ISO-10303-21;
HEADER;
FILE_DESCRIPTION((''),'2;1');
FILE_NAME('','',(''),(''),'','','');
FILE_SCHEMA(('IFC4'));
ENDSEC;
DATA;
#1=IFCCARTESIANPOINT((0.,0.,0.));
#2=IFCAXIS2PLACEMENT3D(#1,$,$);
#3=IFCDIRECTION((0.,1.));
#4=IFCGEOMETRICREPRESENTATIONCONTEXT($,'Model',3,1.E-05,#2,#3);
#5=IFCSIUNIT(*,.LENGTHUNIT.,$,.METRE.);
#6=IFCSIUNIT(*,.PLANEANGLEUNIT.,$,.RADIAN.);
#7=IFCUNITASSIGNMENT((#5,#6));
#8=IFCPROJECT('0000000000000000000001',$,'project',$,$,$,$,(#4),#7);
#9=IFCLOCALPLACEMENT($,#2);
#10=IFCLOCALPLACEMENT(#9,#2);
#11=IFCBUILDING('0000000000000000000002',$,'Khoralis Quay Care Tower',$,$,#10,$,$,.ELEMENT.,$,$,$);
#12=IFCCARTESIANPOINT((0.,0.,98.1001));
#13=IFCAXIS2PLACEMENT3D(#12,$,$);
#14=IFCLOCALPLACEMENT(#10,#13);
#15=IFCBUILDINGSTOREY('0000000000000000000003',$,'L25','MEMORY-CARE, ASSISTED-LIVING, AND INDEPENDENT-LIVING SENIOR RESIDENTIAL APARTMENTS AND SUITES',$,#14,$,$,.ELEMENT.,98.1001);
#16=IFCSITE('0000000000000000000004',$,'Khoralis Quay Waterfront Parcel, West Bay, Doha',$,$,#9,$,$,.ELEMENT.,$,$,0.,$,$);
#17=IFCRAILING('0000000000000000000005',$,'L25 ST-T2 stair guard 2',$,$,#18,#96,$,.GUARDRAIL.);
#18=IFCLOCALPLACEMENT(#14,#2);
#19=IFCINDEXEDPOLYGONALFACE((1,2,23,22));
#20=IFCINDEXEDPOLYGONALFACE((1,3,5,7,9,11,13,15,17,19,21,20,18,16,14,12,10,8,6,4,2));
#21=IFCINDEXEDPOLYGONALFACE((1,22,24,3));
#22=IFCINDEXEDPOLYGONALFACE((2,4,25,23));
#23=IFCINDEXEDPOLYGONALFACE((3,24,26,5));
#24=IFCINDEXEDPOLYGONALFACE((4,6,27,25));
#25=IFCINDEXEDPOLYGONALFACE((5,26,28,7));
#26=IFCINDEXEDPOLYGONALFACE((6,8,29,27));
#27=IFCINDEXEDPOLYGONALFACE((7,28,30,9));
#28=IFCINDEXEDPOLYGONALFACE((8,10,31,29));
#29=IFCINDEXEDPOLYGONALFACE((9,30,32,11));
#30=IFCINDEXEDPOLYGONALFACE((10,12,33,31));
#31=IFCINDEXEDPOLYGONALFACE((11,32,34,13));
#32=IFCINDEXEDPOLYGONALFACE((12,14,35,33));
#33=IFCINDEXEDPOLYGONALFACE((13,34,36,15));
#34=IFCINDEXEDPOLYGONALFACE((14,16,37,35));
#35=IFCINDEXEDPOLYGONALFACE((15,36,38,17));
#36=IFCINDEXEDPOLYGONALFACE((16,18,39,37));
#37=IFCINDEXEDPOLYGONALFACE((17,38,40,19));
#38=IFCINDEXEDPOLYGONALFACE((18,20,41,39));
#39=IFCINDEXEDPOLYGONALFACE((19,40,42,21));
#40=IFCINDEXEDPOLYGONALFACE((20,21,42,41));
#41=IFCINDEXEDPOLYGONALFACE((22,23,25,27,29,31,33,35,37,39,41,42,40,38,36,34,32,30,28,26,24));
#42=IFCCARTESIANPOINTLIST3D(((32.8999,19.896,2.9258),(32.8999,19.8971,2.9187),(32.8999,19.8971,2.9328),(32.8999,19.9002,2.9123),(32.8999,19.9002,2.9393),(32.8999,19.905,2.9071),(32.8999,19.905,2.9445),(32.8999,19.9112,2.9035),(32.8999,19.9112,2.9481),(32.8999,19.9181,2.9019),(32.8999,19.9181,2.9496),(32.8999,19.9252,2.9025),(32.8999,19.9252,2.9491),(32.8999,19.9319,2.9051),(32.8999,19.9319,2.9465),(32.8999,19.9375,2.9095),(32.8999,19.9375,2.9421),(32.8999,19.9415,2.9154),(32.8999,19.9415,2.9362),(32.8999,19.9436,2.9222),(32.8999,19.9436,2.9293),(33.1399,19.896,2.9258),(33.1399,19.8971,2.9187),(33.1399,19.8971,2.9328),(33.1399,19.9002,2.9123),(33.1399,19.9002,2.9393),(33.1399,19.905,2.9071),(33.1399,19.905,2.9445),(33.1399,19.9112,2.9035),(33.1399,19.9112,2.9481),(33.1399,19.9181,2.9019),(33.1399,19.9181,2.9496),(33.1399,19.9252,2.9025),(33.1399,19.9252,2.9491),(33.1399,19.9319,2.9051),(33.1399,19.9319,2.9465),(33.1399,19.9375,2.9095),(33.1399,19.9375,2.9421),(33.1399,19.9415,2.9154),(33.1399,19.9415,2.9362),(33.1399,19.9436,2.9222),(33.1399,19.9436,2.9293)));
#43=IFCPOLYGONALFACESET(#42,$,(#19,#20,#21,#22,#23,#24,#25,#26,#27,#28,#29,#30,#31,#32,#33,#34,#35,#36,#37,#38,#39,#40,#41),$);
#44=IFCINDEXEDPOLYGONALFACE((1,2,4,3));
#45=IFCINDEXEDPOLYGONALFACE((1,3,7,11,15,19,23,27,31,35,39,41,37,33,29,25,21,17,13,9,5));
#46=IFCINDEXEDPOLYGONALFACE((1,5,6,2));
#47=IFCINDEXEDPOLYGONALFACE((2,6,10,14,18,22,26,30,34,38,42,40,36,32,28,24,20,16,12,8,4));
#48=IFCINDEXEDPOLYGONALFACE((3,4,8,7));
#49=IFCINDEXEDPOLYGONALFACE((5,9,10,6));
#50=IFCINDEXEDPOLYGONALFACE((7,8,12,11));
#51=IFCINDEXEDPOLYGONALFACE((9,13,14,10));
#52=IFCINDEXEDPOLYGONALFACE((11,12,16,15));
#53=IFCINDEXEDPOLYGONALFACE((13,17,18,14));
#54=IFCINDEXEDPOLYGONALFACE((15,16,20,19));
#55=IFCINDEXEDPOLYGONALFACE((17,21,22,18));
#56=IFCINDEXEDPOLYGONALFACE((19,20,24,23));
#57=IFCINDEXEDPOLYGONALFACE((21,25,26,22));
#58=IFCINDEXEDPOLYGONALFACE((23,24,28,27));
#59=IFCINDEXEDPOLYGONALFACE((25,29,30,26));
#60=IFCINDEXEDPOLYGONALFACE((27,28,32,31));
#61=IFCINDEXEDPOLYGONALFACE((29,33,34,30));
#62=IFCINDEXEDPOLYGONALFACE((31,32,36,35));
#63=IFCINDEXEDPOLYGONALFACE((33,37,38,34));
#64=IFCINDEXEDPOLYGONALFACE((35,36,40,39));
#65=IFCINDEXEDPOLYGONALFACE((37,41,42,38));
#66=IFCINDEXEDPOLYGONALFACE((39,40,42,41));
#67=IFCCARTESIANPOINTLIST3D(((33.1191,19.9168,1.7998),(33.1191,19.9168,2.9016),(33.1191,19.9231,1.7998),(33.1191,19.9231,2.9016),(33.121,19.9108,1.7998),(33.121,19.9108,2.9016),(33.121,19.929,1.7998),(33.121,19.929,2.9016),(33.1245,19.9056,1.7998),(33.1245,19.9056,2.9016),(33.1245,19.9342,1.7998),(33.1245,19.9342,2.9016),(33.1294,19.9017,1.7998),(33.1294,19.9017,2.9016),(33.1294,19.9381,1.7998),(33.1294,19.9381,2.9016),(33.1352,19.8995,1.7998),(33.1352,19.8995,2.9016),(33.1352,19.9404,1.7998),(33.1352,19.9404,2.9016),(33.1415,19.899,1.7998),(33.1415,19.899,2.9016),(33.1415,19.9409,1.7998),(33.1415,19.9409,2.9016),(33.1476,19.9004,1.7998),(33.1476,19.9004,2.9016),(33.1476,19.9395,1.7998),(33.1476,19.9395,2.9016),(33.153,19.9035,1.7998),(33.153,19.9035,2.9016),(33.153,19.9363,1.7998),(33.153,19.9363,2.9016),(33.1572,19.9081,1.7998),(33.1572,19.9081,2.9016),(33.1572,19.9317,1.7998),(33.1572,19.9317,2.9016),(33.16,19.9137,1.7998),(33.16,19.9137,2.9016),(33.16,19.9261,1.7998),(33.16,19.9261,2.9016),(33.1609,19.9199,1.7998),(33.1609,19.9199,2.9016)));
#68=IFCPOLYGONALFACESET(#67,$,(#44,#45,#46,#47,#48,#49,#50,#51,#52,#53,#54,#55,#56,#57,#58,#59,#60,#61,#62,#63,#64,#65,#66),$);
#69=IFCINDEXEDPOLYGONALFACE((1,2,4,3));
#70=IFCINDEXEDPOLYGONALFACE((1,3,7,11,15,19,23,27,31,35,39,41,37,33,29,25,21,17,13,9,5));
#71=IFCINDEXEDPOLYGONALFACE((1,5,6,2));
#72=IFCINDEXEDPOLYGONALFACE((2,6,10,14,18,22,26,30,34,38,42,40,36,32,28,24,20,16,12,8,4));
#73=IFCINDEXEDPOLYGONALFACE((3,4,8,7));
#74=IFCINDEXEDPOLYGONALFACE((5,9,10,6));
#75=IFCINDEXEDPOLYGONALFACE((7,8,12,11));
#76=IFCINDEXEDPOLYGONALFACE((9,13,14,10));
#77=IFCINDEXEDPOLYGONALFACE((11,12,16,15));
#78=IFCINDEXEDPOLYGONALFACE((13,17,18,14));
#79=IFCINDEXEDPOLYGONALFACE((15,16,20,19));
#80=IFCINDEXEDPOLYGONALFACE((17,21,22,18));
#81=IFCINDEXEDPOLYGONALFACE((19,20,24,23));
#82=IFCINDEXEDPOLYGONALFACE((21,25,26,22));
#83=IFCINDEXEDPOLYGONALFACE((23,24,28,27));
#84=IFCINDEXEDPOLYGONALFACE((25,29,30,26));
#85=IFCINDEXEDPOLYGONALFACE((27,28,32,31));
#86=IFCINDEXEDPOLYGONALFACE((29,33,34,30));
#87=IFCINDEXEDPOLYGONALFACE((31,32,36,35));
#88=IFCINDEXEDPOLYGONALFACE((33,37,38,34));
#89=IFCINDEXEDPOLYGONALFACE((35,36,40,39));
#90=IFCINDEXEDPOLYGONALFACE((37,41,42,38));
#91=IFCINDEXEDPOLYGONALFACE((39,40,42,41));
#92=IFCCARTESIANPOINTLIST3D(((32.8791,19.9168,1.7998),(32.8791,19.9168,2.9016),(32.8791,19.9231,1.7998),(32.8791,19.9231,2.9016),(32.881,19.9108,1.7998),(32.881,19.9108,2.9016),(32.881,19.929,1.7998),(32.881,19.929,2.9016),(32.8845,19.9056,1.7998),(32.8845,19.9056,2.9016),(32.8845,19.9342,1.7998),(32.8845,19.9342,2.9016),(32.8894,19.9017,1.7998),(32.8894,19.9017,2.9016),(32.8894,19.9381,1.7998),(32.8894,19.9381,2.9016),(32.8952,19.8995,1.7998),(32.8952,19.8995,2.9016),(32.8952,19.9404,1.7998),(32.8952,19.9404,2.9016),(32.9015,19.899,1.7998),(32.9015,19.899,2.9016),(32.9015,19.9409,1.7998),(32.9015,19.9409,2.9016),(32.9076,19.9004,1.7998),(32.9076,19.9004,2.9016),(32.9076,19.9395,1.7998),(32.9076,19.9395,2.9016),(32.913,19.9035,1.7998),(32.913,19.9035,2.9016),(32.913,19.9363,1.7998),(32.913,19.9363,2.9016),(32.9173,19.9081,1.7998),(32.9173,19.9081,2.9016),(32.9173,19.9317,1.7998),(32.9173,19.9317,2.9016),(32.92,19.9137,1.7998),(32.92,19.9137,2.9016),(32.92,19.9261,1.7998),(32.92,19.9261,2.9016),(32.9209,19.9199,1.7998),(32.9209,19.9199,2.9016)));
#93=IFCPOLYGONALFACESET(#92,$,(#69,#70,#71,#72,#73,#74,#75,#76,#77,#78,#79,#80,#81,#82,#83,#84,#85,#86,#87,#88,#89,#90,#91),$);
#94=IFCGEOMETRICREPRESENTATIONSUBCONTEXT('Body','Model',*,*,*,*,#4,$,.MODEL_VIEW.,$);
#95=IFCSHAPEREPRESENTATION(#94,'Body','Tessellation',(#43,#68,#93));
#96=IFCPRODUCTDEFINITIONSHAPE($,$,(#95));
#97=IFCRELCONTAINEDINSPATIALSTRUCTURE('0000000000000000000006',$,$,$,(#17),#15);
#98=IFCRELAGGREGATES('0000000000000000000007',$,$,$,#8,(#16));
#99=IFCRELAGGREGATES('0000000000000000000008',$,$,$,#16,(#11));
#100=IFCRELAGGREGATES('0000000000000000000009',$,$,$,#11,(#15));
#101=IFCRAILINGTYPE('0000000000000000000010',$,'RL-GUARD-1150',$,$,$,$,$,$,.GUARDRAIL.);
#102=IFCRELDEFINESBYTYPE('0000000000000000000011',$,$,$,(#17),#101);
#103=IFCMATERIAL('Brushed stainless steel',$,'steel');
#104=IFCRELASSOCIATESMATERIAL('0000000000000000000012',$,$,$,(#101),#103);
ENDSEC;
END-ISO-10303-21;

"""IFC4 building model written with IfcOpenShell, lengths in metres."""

from ifc_helpers import new_model, si_unit, direction, frame, origin, origin_2d, place, context, subcontext, project, spatial, circle, extrude, material, type_object, element, save


model = new_model("IFC4")

# Units and contexts
model_context = context("Model", 3, precision=1e-05, world=origin(), true_north=direction((0.0, 1.0)))
body_context = subcontext(model_context, "Body", "Model", "MODEL_VIEW")
ifc_project = project(units=[si_unit("LENGTHUNIT", "METRE"), si_unit("PLANEANGLEUNIT", "RADIAN")], contexts=[model_context])

# Site, building, storey
site_placement = place(None, origin())
site = spatial("IfcSite", under=ifc_project, at=site_placement, Name="Khoralis Quay Waterfront Parcel, West Bay, Doha", CompositionType="ELEMENT", RefElevation=0.0)
building_placement = place(site_placement, origin())
building = spatial("IfcBuilding", under=site, at=building_placement, Name="Khoralis Quay Care Tower", CompositionType="ELEMENT")
storey_placement = place(building_placement, frame((0.0, 0.0, 98.1001)))
storey = spatial("IfcBuildingStorey", under=building, at=storey_placement, Name="L25", Description="MEMORY-CARE, ASSISTED-LIVING, AND INDEPENDENT-LIVING SENIOR RESIDENTIAL APARTMENTS AND SUITES", CompositionType="ELEMENT", Elevation=98.1001)

# Railing
ifc_material_1 = material(Name="Brushed stainless steel", Category="steel")
railing_type_1 = type_object("IfcRailingType", Name="RL-GUARD-1150", PredefinedType="GUARDRAIL", material=ifc_material_1)
railing_1_placement = place(storey_placement, frame((33.1399, 19.9199, 1.7998)))
element("IfcRailing", 1, at=railing_1_placement, inside=storey, type_object=railing_type_1, Name="L25 ST-T2 stair guard 2", PredefinedType="GUARDRAIL", context=body_context, shape_type="SweptSolid", body=[
    extrude(circle(Radius=0.0239, at=origin_2d()), frame((0.0, 0.0, 1.126), z_axis=(-1.0, 0.0, 0.0), x_axis=(0.0, -1.0, 0.0)), (0.0, 0.0, 1.0), 0.24),
    extrude(circle(Radius=0.021, at=origin_2d()), origin(), (0.0, 0.0, 1.0), 1.1018),
    extrude(circle(Radius=0.021, at=origin_2d()), frame((-0.24, 0.0, 0.0)), (0.0, 0.0, 1.0), 1.1018),
])

save(model, "model.ifc")
